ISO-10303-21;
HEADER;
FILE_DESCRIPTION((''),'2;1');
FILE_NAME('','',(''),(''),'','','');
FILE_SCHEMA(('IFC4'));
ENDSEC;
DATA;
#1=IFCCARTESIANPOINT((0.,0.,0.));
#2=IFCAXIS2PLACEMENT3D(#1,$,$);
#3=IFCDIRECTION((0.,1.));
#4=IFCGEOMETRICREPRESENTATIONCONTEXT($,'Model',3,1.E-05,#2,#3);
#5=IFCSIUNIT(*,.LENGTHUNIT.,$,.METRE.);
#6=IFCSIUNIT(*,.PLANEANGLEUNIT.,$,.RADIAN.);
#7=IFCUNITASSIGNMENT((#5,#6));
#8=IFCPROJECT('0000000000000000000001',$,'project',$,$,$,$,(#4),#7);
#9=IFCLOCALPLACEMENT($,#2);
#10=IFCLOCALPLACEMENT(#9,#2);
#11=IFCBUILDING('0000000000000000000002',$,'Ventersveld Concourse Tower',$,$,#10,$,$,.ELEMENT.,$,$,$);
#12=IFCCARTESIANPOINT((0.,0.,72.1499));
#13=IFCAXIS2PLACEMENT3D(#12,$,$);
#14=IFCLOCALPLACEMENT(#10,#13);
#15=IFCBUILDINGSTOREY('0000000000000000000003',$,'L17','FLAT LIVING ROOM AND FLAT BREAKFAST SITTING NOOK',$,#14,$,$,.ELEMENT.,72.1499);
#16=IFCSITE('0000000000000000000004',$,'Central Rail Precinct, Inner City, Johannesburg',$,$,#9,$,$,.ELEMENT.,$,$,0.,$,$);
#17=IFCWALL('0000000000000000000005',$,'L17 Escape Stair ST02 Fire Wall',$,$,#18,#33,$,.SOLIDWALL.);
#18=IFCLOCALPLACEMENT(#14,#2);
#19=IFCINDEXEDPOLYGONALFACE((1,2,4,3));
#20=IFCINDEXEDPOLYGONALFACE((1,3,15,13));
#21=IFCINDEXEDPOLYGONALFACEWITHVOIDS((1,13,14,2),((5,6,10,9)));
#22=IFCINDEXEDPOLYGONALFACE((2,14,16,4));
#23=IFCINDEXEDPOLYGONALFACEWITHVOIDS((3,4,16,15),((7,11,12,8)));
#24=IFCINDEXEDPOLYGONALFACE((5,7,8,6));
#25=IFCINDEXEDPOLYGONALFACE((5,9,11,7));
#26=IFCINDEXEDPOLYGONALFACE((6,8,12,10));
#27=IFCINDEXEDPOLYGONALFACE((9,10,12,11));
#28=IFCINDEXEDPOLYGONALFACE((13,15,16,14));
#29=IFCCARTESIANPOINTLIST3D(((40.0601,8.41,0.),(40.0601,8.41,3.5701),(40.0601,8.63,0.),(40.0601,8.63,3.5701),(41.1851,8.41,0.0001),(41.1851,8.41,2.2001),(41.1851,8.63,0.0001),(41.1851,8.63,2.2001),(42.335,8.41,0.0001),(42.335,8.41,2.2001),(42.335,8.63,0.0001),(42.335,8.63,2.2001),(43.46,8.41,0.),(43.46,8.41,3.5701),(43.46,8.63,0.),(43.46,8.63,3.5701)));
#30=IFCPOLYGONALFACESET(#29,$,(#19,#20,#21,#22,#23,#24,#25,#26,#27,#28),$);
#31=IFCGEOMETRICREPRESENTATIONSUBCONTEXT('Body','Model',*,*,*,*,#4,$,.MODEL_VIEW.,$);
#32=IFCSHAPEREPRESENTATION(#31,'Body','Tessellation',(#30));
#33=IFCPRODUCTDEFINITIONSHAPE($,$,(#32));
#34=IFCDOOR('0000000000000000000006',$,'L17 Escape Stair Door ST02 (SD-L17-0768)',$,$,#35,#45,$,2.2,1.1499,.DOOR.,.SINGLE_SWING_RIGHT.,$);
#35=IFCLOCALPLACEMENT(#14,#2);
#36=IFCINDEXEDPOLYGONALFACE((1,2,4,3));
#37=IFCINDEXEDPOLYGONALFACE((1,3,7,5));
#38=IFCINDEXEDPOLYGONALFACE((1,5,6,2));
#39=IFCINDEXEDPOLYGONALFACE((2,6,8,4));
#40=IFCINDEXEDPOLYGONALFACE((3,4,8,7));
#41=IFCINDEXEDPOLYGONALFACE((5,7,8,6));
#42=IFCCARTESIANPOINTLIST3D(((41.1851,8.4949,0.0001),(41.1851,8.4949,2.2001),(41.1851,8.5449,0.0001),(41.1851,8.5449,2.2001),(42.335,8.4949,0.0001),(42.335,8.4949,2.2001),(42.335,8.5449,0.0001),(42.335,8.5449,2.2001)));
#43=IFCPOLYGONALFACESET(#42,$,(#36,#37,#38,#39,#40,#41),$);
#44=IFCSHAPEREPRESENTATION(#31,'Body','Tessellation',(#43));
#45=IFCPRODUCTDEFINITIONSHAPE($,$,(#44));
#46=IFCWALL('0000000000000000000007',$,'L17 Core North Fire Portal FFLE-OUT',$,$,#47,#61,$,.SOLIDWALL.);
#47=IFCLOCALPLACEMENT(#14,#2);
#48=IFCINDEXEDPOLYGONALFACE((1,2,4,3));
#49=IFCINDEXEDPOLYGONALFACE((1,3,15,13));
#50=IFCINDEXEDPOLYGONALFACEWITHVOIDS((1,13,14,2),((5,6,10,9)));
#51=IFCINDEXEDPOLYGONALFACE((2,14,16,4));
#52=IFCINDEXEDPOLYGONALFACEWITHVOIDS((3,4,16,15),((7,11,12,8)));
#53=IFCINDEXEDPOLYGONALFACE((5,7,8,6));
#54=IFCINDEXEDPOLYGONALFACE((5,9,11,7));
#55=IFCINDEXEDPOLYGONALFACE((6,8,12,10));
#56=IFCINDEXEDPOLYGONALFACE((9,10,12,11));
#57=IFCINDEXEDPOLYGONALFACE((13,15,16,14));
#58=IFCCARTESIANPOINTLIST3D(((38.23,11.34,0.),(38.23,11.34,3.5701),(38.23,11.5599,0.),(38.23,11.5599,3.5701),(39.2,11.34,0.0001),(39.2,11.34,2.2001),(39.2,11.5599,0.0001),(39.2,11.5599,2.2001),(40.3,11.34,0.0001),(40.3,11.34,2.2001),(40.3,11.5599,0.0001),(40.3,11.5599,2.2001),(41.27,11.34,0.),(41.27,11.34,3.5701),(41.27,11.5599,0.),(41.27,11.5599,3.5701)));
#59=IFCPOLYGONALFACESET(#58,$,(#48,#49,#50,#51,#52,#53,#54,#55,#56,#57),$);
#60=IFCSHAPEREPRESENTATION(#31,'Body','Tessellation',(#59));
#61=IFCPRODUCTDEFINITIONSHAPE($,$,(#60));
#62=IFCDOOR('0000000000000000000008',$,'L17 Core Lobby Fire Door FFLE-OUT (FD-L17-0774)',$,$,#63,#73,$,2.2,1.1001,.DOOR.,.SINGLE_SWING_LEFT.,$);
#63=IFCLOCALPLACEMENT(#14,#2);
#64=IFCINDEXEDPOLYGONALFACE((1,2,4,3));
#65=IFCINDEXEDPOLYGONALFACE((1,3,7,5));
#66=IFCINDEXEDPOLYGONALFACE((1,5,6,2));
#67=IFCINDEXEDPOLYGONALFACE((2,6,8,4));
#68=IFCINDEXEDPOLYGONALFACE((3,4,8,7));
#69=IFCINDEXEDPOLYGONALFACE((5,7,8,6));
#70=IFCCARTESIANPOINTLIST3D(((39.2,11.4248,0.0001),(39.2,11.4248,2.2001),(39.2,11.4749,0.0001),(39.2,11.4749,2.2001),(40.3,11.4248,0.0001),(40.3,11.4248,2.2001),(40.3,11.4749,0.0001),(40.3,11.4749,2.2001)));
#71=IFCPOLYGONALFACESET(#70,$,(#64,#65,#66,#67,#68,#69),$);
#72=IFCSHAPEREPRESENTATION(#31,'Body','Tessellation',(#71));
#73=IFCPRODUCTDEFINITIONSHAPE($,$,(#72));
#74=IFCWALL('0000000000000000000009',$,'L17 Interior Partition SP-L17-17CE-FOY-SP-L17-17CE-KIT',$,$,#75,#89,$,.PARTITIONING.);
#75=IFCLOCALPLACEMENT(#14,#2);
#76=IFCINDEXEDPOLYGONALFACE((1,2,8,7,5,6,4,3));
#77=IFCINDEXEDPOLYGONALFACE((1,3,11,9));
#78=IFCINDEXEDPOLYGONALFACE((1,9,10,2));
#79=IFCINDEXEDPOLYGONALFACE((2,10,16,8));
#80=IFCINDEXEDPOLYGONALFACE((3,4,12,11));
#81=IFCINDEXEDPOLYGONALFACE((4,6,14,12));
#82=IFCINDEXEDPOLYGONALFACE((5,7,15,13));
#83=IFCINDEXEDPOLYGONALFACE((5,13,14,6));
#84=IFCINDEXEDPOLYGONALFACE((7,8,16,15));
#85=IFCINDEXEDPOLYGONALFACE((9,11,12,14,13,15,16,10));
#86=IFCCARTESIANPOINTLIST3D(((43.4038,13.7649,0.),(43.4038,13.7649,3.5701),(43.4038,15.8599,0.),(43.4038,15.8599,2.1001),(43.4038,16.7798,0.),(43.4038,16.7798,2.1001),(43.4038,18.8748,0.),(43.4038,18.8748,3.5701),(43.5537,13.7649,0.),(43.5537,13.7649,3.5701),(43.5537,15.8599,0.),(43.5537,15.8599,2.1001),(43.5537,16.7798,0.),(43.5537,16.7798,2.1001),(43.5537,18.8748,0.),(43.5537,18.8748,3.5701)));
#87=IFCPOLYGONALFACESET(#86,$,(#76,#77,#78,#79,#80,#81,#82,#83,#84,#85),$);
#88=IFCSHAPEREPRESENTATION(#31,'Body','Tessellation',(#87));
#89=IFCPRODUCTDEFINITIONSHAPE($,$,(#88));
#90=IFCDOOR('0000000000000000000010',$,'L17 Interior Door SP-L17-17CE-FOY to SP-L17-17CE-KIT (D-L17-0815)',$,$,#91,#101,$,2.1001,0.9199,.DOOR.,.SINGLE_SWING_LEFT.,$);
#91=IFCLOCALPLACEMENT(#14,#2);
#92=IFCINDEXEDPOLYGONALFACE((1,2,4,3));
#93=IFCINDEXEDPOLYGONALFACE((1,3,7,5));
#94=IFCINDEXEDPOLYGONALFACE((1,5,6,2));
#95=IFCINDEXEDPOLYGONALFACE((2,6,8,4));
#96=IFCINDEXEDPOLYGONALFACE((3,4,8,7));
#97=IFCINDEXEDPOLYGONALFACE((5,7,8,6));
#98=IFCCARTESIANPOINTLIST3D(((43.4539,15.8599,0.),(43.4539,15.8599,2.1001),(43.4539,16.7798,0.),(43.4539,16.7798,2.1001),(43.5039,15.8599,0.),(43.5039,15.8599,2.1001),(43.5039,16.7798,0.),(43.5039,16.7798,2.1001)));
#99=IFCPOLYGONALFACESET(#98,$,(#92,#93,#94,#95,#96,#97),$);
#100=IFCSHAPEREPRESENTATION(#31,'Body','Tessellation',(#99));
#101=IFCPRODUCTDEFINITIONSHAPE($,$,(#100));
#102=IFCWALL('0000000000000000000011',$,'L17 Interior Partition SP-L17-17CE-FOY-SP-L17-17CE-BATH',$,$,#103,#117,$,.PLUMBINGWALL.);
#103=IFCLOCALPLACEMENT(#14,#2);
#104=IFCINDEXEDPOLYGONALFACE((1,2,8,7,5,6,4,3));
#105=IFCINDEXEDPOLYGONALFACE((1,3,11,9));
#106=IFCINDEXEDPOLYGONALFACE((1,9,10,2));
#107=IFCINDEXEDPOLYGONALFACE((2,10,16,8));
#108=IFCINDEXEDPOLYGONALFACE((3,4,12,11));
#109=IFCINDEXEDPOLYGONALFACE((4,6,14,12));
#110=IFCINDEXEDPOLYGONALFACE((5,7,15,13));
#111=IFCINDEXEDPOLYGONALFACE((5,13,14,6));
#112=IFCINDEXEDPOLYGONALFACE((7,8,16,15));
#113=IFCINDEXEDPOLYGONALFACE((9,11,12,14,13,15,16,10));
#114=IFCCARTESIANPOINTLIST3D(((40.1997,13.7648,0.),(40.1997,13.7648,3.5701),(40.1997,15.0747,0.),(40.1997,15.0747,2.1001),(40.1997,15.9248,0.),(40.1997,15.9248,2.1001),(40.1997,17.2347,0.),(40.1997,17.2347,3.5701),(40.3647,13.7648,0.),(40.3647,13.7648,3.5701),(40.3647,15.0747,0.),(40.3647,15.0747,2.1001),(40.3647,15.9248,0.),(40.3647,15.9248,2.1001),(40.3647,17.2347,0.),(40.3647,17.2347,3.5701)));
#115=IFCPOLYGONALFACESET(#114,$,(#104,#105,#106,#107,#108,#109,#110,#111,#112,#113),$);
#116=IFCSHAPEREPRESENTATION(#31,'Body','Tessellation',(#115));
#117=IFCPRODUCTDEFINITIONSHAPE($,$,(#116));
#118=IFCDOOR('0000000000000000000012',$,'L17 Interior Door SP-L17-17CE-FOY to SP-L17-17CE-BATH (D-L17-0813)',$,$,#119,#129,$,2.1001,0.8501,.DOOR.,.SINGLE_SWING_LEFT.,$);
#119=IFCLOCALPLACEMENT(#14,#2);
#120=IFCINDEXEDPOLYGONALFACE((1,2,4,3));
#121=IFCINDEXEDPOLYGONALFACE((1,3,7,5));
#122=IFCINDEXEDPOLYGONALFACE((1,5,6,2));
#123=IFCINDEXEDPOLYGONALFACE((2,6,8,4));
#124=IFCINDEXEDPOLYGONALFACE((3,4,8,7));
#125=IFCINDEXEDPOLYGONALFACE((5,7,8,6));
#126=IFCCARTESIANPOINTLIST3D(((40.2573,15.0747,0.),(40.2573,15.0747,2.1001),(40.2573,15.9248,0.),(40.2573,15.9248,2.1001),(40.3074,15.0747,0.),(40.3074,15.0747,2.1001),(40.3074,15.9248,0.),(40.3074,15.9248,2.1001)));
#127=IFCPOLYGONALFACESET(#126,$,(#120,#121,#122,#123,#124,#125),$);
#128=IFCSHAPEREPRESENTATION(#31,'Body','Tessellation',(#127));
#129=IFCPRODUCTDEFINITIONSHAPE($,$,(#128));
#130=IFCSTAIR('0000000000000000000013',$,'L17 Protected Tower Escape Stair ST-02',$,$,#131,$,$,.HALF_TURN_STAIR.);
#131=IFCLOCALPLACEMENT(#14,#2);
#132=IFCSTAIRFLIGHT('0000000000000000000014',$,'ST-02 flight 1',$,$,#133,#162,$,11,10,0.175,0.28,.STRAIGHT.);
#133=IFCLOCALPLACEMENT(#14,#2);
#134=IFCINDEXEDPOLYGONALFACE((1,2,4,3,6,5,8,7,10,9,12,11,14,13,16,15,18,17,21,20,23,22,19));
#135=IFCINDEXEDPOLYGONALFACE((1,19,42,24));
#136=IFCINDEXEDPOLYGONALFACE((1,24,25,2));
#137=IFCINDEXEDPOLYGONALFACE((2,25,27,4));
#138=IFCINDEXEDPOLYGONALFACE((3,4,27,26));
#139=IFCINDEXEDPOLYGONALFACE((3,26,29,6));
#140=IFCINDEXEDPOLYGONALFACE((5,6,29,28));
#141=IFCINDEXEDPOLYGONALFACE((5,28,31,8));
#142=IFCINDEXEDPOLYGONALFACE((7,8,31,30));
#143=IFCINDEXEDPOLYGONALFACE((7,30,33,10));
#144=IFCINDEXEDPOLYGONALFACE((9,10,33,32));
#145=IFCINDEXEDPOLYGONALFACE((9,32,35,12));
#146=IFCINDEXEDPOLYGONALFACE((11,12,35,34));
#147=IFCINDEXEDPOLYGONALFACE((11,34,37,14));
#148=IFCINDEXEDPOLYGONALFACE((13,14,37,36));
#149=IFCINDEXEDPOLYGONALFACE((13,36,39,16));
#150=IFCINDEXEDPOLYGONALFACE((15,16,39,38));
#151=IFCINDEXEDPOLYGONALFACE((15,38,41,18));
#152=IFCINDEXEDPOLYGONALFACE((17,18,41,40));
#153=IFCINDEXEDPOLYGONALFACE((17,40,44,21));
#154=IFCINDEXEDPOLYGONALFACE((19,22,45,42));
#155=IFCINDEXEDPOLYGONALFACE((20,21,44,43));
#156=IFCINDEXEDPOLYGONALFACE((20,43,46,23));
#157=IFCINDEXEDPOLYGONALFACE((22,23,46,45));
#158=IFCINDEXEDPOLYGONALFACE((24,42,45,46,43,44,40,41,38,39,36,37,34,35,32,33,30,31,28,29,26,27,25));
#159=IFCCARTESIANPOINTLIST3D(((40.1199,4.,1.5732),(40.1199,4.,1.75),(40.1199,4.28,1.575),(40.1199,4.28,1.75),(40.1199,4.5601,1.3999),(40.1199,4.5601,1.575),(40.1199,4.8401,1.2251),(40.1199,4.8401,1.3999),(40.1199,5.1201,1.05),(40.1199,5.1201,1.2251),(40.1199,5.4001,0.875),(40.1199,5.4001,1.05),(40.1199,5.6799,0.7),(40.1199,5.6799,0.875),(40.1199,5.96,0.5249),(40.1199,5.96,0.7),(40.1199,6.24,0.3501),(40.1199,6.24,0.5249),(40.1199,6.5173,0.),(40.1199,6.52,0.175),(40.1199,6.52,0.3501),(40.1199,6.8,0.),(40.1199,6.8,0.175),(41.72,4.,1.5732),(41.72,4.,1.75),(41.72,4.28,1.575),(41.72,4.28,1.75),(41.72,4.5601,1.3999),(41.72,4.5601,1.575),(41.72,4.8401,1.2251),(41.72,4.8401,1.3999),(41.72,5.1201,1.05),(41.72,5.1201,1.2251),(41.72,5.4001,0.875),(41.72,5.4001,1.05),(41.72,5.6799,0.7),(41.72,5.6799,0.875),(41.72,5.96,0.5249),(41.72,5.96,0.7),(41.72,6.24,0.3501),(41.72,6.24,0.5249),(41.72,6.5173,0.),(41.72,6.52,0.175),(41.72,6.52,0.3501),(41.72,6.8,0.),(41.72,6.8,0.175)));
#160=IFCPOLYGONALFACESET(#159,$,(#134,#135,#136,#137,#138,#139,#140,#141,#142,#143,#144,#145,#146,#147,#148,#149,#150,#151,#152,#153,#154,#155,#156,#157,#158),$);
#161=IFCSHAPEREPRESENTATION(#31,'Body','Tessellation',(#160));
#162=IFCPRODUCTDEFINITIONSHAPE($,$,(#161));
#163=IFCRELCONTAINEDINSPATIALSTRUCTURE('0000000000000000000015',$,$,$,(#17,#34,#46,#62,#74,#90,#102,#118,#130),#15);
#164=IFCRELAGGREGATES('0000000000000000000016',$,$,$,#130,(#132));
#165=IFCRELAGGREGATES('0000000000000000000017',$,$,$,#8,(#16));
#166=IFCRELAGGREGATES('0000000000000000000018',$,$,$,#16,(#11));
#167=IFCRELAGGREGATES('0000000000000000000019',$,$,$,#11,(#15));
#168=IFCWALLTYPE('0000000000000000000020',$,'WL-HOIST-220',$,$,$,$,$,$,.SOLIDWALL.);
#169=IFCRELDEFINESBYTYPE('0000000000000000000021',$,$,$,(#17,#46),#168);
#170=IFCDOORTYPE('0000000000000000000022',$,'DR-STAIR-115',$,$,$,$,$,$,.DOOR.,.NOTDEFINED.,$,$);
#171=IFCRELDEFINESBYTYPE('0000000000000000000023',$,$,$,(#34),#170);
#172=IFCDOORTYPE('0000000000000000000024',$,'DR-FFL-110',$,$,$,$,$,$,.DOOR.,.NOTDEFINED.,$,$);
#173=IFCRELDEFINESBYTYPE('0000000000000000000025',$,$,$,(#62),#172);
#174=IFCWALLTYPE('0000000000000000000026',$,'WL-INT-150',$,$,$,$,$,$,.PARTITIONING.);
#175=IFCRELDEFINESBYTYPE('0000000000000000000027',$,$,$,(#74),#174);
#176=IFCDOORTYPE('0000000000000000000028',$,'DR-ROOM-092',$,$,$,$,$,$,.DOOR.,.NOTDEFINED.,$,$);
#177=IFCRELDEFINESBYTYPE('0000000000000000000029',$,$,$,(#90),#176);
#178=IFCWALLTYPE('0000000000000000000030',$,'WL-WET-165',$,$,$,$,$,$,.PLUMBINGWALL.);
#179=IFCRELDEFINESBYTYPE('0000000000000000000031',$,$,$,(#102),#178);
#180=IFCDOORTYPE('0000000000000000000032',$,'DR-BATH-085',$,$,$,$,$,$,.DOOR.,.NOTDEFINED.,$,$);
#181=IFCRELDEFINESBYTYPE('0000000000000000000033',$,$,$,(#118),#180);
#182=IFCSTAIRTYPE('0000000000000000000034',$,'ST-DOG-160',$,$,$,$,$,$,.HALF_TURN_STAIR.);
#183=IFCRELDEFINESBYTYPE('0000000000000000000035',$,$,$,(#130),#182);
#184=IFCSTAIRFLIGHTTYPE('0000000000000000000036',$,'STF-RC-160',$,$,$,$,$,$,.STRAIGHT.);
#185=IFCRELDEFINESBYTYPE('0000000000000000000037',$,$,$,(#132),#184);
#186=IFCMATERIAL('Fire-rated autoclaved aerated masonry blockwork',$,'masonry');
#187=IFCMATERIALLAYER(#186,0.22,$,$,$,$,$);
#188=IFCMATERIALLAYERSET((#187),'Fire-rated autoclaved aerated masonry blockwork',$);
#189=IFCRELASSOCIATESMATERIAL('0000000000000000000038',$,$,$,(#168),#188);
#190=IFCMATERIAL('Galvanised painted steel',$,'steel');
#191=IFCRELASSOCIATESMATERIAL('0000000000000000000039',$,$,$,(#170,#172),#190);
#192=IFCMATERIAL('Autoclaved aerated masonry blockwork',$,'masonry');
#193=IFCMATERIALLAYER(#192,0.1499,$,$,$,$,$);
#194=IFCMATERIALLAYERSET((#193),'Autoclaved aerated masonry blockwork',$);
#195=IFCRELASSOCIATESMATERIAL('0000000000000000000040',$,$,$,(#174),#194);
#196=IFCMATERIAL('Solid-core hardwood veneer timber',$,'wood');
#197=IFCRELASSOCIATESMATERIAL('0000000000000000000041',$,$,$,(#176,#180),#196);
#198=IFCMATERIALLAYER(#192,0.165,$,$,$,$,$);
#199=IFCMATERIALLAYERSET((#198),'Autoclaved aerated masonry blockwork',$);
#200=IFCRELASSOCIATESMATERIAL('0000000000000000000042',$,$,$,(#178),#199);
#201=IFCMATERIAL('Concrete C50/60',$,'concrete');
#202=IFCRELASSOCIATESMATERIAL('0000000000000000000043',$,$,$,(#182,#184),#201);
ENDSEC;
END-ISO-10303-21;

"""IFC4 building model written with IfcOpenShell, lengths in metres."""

from ifc_helpers import new_model, si_unit, direction, frame, frame_2d, origin, place, context, subcontext, project, spatial, polyline, rectangle, outline, extrude, material, layer, layer_set, type_object, element, fill, aggregate, save


model = new_model("IFC4")

# Units and contexts
model_context = context("Model", 3, precision=1e-05, world=origin(), true_north=direction((0.0, 1.0)))
body_context = subcontext(model_context, "Body", "Model", "MODEL_VIEW")
ifc_project = project(units=[si_unit("LENGTHUNIT", "METRE"), si_unit("PLANEANGLEUNIT", "RADIAN")], contexts=[model_context])

# Site, building, storey
site_placement = place(None, origin())
site = spatial("IfcSite", under=ifc_project, at=site_placement, Name="Central Rail Precinct, Inner City, Johannesburg", CompositionType="ELEMENT", RefElevation=0.0)
building_placement = place(site_placement, origin())
building = spatial("IfcBuilding", under=site, at=building_placement, Name="Ventersveld Concourse Tower", CompositionType="ELEMENT")
storey_placement = place(building_placement, frame((0.0, 0.0, 72.1499)))
storey = spatial("IfcBuildingStorey", under=building, at=storey_placement, Name="L17", Description="FLAT LIVING ROOM AND FLAT BREAKFAST SITTING NOOK", CompositionType="ELEMENT", Elevation=72.1499)

# Shared definitions
ifc_material_1 = material(Name="Concrete C50/60", Category="concrete")

# Shared definitions
ifc_material_2 = material(Name="Fire-rated autoclaved aerated masonry blockwork", Category="masonry")
ifc_material_3 = material(Name="Solid-core hardwood veneer timber", Category="wood")

# Walls, openings, doors
ifc_layer_1 = layer(ifc_material_2, 0.22)
ifc_layer_set_1 = layer_set([ifc_layer_1], Name="Fire-rated autoclaved aerated masonry blockwork")
wall_type_1 = type_object("IfcWallType", Name="WL-HOIST-220", PredefinedType="SOLIDWALL", material=ifc_layer_set_1)
wall_1_placement = place(storey_placement, frame((40.0601, 8.52, 0.0), z_axis=(0.0, 0.0, 1.0), x_axis=(1.0, 0.0, 0.0)))
wall_1 = element("IfcWall", 1, at=wall_1_placement, inside=storey, type_object=wall_type_1, Name="L17 Escape Stair ST02 Fire Wall", PredefinedType="SOLIDWALL", context=body_context, shape_type="SweptSolid", body=[
    extrude(rectangle(XDim=3.3999, YDim=0.22, at=frame_2d((1.7, 0.0))), origin(), (0.0, 0.0, 1.0), 3.5701),
])
opening_1_placement = place(wall_1_placement, frame((1.125, 0.0, 0.0)))
opening_1 = element("IfcOpeningElement", 2, at=opening_1_placement, cuts=wall_1, PredefinedType="OPENING", context=body_context, shape_type="SweptSolid", body=[
    extrude(rectangle(XDim=1.1499, YDim=2.2, at=frame_2d((0.575, 1.1001))), frame((0.0, 0.1201, 0.0), z_axis=(0.0, -1.0, 0.0), x_axis=(1.0, 0.0, 0.0)), (0.0, 0.0, 1.0), 0.24),
])
ifc_material_4 = material(Name="Galvanised painted steel", Category="steel")
door_type_1 = type_object("IfcDoorType", Name="DR-STAIR-115", OperationType="NOTDEFINED", PredefinedType="DOOR", material=ifc_material_4)
door_1_placement = place(opening_1_placement, origin())
door_1 = element("IfcDoor", 3, at=door_1_placement, inside=storey, type_object=door_type_1, Name="L17 Escape Stair Door ST02 (SD-L17-0768)", OperationType="SINGLE_SWING_RIGHT", OverallHeight=2.2, OverallWidth=1.1499, PredefinedType="DOOR", context=body_context, shape_type="SweptSolid", body=[
    extrude(rectangle(XDim=1.1499, YDim=2.2, at=frame_2d((0.575, 1.1001))), frame((0.0, 0.0249, 0.0), z_axis=(0.0, -1.0, 0.0), x_axis=(1.0, 0.0, 0.0)), (0.0, 0.0, 1.0), 0.05),
])
fill(opening_1, door_1)
wall_2_placement = place(storey_placement, frame((38.23, 11.45, 0.0), z_axis=(0.0, 0.0, 1.0), x_axis=(1.0, 0.0, 0.0)))
wall_2 = element("IfcWall", 4, at=wall_2_placement, inside=storey, type_object=wall_type_1, Name="L17 Core North Fire Portal FFLE-OUT", PredefinedType="SOLIDWALL", context=body_context, shape_type="SweptSolid", body=[
    extrude(rectangle(XDim=3.04, YDim=0.22, at=frame_2d((1.52, 0.0))), origin(), (0.0, 0.0, 1.0), 3.5701),
])
opening_2_placement = place(wall_2_placement, frame((0.97, 0.0, 0.0)))
opening_2 = element("IfcOpeningElement", 5, at=opening_2_placement, cuts=wall_2, PredefinedType="OPENING", context=body_context, shape_type="SweptSolid", body=[
    extrude(rectangle(XDim=1.1001, YDim=2.2, at=frame_2d((0.55, 1.1001))), frame((0.0, 0.1201, 0.0), z_axis=(0.0, -1.0, 0.0), x_axis=(1.0, 0.0, 0.0)), (0.0, 0.0, 1.0), 0.24),
])
door_type_2 = type_object("IfcDoorType", Name="DR-FFL-110", OperationType="NOTDEFINED", PredefinedType="DOOR", material=ifc_material_4)
door_2_placement = place(opening_2_placement, origin())
door_2 = element("IfcDoor", 6, at=door_2_placement, inside=storey, type_object=door_type_2, Name="L17 Core Lobby Fire Door FFLE-OUT (FD-L17-0774)", OperationType="SINGLE_SWING_LEFT", OverallHeight=2.2, OverallWidth=1.1001, PredefinedType="DOOR", context=body_context, shape_type="SweptSolid", body=[
    extrude(rectangle(XDim=1.1001, YDim=2.2, at=frame_2d((0.55, 1.1001))), frame((0.0, 0.0249, 0.0), z_axis=(0.0, -1.0, 0.0), x_axis=(1.0, 0.0, 0.0)), (0.0, 0.0, 1.0), 0.05),
])
fill(opening_2, door_2)
ifc_material_5 = material(Name="Autoclaved aerated masonry blockwork", Category="masonry")
ifc_layer_2 = layer(ifc_material_5, 0.1499)
ifc_layer_set_2 = layer_set([ifc_layer_2], Name="Autoclaved aerated masonry blockwork")
wall_type_2 = type_object("IfcWallType", Name="WL-INT-150", PredefinedType="PARTITIONING", material=ifc_layer_set_2)
wall_3_placement = place(storey_placement, frame((43.4788, 13.7649, 0.0), z_axis=(0.0, 0.0, 1.0), x_axis=(0.0, 1.0, 0.0)))
wall_3 = element("IfcWall", 7, at=wall_3_placement, inside=storey, type_object=wall_type_2, Name="L17 Interior Partition SP-L17-17CE-FOY-SP-L17-17CE-KIT", PredefinedType="PARTITIONING", context=body_context, shape_type="SweptSolid", body=[
    extrude(rectangle(XDim=5.1099, YDim=0.1499, at=frame_2d((2.5549, 0.0))), origin(), (0.0, 0.0, 1.0), 3.5701),
])
opening_3_placement = place(wall_3_placement, frame((2.095, 0.0, 0.0)))
opening_3 = element("IfcOpeningElement", 8, at=opening_3_placement, cuts=wall_3, PredefinedType="OPENING", context=body_context, shape_type="SweptSolid", body=[
    extrude(rectangle(XDim=0.9199, YDim=2.1001, at=frame_2d((0.46, 1.05))), frame((0.0, 0.085, 0.0), z_axis=(0.0, -1.0, 0.0), x_axis=(1.0, 0.0, 0.0)), (0.0, 0.0, 1.0), 0.1699),
])
door_type_3 = type_object("IfcDoorType", Name="DR-ROOM-092", OperationType="NOTDEFINED", PredefinedType="DOOR", material=ifc_material_3)
door_3_placement = place(opening_3_placement, origin())
door_3 = element("IfcDoor", 9, at=door_3_placement, inside=storey, type_object=door_type_3, Name="L17 Interior Door SP-L17-17CE-FOY to SP-L17-17CE-KIT (D-L17-0815)", OperationType="SINGLE_SWING_LEFT", OverallHeight=2.1001, OverallWidth=0.9199, PredefinedType="DOOR", context=body_context, shape_type="SweptSolid", body=[
    extrude(rectangle(XDim=0.9199, YDim=2.1001, at=frame_2d((0.46, 1.05))), frame((0.0, 0.0249, 0.0), z_axis=(0.0, -1.0, 0.0), x_axis=(1.0, 0.0, 0.0)), (0.0, 0.0, 1.0), 0.05),
])
fill(opening_3, door_3)
ifc_layer_3 = layer(ifc_material_5, 0.165)
ifc_layer_set_3 = layer_set([ifc_layer_3], Name="Autoclaved aerated masonry blockwork")
wall_type_3 = type_object("IfcWallType", Name="WL-WET-165", PredefinedType="PLUMBINGWALL", material=ifc_layer_set_3)
wall_4_placement = place(storey_placement, frame((40.2822, 13.7649, 0.0), z_axis=(0.0, 0.0, 1.0), x_axis=(0.0, 1.0, 0.0)))
wall_4 = element("IfcWall", 10, at=wall_4_placement, inside=storey, type_object=wall_type_3, Name="L17 Interior Partition SP-L17-17CE-FOY-SP-L17-17CE-BATH", PredefinedType="PLUMBINGWALL", context=body_context, shape_type="SweptSolid", body=[
    extrude(rectangle(XDim=3.47, YDim=0.165, at=frame_2d((1.7349, 0.0))), origin(), (0.0, 0.0, 1.0), 3.5701),
])
opening_4_placement = place(wall_4_placement, frame((1.3098, 0.0, 0.0)))
opening_4 = element("IfcOpeningElement", 11, at=opening_4_placement, cuts=wall_4, PredefinedType="OPENING", context=body_context, shape_type="SweptSolid", body=[
    extrude(rectangle(XDim=0.8501, YDim=2.1001, at=frame_2d((0.425, 1.05))), frame((0.0, 0.0925, 0.0), z_axis=(0.0, -1.0, 0.0), x_axis=(1.0, 0.0, 0.0)), (0.0, 0.0, 1.0), 0.1851),
])
door_type_4 = type_object("IfcDoorType", Name="DR-BATH-085", OperationType="NOTDEFINED", PredefinedType="DOOR", material=ifc_material_3)
door_4_placement = place(opening_4_placement, origin())
door_4 = element("IfcDoor", 12, at=door_4_placement, inside=storey, type_object=door_type_4, Name="L17 Interior Door SP-L17-17CE-FOY to SP-L17-17CE-BATH (D-L17-0813)", OperationType="SINGLE_SWING_LEFT", OverallHeight=2.1001, OverallWidth=0.8501, PredefinedType="DOOR", context=body_context, shape_type="SweptSolid", body=[
    extrude(rectangle(XDim=0.8501, YDim=2.1001, at=frame_2d((0.425, 1.05))), frame((0.0, 0.0249, 0.0), z_axis=(0.0, -1.0, 0.0), x_axis=(1.0, 0.0, 0.0)), (0.0, 0.0, 1.0), 0.05),
])
fill(opening_4, door_4)

# Stair, stair flight
stair_type = type_object("IfcStairType", Name="ST-DOG-160", PredefinedType="HALF_TURN_STAIR", material=ifc_material_1)
stair_placement = place(storey_placement, origin())
stair = element("IfcStair", 13, at=stair_placement, inside=storey, type_object=stair_type, Name="L17 Protected Tower Escape Stair ST-02", PredefinedType="HALF_TURN_STAIR")
stair_flight_type = type_object("IfcStairFlightType", Name="STF-RC-160", PredefinedType="STRAIGHT", material=ifc_material_1)
stair_flight_1_placement = place(storey_placement, frame((40.9199, 6.8, 0.0), z_axis=(0.0, 0.0, 1.0), x_axis=(0.0, -1.0, 0.0)))
stair_flight_1 = element("IfcStairFlight", 14, at=stair_flight_1_placement, type_object=stair_flight_type, Name="ST-02 flight 1", NumberOfRisers=11, NumberOfTreads=10, PredefinedType="STRAIGHT", RiserHeight=0.175, TreadLength=0.28, context=body_context, shape_type="SweptSolid", body=[
    extrude(outline(polyline([(0.0, 0.0), (0.0, 0.175), (0.28, 0.175), (0.28, 0.3501), (0.5601, 0.3501), (0.5601, 0.5249), (0.8401, 0.5249), (0.8401, 0.7), (1.1201, 0.7), (1.1201, 0.875), (1.3999, 0.875), (1.3999, 1.05), (1.6799, 1.05), (1.6799, 1.2251), (1.96, 1.2251), (1.96, 1.3999), (2.24, 1.3999), (2.24, 1.575), (2.52, 1.575), (2.52, 1.75), (2.8, 1.75), (2.8, 1.925), (2.8, 1.5732), (0.2827, 0.0), (0.0, 0.0)])), frame((0.0, 0.8, 0.0), z_axis=(0.0, -1.0, 0.0), x_axis=(1.0, 0.0, 0.0)), (0.0, 0.0, 1.0), 1.6001),
])
aggregate(stair, [stair_flight_1])

save(model, "model.ifc")
